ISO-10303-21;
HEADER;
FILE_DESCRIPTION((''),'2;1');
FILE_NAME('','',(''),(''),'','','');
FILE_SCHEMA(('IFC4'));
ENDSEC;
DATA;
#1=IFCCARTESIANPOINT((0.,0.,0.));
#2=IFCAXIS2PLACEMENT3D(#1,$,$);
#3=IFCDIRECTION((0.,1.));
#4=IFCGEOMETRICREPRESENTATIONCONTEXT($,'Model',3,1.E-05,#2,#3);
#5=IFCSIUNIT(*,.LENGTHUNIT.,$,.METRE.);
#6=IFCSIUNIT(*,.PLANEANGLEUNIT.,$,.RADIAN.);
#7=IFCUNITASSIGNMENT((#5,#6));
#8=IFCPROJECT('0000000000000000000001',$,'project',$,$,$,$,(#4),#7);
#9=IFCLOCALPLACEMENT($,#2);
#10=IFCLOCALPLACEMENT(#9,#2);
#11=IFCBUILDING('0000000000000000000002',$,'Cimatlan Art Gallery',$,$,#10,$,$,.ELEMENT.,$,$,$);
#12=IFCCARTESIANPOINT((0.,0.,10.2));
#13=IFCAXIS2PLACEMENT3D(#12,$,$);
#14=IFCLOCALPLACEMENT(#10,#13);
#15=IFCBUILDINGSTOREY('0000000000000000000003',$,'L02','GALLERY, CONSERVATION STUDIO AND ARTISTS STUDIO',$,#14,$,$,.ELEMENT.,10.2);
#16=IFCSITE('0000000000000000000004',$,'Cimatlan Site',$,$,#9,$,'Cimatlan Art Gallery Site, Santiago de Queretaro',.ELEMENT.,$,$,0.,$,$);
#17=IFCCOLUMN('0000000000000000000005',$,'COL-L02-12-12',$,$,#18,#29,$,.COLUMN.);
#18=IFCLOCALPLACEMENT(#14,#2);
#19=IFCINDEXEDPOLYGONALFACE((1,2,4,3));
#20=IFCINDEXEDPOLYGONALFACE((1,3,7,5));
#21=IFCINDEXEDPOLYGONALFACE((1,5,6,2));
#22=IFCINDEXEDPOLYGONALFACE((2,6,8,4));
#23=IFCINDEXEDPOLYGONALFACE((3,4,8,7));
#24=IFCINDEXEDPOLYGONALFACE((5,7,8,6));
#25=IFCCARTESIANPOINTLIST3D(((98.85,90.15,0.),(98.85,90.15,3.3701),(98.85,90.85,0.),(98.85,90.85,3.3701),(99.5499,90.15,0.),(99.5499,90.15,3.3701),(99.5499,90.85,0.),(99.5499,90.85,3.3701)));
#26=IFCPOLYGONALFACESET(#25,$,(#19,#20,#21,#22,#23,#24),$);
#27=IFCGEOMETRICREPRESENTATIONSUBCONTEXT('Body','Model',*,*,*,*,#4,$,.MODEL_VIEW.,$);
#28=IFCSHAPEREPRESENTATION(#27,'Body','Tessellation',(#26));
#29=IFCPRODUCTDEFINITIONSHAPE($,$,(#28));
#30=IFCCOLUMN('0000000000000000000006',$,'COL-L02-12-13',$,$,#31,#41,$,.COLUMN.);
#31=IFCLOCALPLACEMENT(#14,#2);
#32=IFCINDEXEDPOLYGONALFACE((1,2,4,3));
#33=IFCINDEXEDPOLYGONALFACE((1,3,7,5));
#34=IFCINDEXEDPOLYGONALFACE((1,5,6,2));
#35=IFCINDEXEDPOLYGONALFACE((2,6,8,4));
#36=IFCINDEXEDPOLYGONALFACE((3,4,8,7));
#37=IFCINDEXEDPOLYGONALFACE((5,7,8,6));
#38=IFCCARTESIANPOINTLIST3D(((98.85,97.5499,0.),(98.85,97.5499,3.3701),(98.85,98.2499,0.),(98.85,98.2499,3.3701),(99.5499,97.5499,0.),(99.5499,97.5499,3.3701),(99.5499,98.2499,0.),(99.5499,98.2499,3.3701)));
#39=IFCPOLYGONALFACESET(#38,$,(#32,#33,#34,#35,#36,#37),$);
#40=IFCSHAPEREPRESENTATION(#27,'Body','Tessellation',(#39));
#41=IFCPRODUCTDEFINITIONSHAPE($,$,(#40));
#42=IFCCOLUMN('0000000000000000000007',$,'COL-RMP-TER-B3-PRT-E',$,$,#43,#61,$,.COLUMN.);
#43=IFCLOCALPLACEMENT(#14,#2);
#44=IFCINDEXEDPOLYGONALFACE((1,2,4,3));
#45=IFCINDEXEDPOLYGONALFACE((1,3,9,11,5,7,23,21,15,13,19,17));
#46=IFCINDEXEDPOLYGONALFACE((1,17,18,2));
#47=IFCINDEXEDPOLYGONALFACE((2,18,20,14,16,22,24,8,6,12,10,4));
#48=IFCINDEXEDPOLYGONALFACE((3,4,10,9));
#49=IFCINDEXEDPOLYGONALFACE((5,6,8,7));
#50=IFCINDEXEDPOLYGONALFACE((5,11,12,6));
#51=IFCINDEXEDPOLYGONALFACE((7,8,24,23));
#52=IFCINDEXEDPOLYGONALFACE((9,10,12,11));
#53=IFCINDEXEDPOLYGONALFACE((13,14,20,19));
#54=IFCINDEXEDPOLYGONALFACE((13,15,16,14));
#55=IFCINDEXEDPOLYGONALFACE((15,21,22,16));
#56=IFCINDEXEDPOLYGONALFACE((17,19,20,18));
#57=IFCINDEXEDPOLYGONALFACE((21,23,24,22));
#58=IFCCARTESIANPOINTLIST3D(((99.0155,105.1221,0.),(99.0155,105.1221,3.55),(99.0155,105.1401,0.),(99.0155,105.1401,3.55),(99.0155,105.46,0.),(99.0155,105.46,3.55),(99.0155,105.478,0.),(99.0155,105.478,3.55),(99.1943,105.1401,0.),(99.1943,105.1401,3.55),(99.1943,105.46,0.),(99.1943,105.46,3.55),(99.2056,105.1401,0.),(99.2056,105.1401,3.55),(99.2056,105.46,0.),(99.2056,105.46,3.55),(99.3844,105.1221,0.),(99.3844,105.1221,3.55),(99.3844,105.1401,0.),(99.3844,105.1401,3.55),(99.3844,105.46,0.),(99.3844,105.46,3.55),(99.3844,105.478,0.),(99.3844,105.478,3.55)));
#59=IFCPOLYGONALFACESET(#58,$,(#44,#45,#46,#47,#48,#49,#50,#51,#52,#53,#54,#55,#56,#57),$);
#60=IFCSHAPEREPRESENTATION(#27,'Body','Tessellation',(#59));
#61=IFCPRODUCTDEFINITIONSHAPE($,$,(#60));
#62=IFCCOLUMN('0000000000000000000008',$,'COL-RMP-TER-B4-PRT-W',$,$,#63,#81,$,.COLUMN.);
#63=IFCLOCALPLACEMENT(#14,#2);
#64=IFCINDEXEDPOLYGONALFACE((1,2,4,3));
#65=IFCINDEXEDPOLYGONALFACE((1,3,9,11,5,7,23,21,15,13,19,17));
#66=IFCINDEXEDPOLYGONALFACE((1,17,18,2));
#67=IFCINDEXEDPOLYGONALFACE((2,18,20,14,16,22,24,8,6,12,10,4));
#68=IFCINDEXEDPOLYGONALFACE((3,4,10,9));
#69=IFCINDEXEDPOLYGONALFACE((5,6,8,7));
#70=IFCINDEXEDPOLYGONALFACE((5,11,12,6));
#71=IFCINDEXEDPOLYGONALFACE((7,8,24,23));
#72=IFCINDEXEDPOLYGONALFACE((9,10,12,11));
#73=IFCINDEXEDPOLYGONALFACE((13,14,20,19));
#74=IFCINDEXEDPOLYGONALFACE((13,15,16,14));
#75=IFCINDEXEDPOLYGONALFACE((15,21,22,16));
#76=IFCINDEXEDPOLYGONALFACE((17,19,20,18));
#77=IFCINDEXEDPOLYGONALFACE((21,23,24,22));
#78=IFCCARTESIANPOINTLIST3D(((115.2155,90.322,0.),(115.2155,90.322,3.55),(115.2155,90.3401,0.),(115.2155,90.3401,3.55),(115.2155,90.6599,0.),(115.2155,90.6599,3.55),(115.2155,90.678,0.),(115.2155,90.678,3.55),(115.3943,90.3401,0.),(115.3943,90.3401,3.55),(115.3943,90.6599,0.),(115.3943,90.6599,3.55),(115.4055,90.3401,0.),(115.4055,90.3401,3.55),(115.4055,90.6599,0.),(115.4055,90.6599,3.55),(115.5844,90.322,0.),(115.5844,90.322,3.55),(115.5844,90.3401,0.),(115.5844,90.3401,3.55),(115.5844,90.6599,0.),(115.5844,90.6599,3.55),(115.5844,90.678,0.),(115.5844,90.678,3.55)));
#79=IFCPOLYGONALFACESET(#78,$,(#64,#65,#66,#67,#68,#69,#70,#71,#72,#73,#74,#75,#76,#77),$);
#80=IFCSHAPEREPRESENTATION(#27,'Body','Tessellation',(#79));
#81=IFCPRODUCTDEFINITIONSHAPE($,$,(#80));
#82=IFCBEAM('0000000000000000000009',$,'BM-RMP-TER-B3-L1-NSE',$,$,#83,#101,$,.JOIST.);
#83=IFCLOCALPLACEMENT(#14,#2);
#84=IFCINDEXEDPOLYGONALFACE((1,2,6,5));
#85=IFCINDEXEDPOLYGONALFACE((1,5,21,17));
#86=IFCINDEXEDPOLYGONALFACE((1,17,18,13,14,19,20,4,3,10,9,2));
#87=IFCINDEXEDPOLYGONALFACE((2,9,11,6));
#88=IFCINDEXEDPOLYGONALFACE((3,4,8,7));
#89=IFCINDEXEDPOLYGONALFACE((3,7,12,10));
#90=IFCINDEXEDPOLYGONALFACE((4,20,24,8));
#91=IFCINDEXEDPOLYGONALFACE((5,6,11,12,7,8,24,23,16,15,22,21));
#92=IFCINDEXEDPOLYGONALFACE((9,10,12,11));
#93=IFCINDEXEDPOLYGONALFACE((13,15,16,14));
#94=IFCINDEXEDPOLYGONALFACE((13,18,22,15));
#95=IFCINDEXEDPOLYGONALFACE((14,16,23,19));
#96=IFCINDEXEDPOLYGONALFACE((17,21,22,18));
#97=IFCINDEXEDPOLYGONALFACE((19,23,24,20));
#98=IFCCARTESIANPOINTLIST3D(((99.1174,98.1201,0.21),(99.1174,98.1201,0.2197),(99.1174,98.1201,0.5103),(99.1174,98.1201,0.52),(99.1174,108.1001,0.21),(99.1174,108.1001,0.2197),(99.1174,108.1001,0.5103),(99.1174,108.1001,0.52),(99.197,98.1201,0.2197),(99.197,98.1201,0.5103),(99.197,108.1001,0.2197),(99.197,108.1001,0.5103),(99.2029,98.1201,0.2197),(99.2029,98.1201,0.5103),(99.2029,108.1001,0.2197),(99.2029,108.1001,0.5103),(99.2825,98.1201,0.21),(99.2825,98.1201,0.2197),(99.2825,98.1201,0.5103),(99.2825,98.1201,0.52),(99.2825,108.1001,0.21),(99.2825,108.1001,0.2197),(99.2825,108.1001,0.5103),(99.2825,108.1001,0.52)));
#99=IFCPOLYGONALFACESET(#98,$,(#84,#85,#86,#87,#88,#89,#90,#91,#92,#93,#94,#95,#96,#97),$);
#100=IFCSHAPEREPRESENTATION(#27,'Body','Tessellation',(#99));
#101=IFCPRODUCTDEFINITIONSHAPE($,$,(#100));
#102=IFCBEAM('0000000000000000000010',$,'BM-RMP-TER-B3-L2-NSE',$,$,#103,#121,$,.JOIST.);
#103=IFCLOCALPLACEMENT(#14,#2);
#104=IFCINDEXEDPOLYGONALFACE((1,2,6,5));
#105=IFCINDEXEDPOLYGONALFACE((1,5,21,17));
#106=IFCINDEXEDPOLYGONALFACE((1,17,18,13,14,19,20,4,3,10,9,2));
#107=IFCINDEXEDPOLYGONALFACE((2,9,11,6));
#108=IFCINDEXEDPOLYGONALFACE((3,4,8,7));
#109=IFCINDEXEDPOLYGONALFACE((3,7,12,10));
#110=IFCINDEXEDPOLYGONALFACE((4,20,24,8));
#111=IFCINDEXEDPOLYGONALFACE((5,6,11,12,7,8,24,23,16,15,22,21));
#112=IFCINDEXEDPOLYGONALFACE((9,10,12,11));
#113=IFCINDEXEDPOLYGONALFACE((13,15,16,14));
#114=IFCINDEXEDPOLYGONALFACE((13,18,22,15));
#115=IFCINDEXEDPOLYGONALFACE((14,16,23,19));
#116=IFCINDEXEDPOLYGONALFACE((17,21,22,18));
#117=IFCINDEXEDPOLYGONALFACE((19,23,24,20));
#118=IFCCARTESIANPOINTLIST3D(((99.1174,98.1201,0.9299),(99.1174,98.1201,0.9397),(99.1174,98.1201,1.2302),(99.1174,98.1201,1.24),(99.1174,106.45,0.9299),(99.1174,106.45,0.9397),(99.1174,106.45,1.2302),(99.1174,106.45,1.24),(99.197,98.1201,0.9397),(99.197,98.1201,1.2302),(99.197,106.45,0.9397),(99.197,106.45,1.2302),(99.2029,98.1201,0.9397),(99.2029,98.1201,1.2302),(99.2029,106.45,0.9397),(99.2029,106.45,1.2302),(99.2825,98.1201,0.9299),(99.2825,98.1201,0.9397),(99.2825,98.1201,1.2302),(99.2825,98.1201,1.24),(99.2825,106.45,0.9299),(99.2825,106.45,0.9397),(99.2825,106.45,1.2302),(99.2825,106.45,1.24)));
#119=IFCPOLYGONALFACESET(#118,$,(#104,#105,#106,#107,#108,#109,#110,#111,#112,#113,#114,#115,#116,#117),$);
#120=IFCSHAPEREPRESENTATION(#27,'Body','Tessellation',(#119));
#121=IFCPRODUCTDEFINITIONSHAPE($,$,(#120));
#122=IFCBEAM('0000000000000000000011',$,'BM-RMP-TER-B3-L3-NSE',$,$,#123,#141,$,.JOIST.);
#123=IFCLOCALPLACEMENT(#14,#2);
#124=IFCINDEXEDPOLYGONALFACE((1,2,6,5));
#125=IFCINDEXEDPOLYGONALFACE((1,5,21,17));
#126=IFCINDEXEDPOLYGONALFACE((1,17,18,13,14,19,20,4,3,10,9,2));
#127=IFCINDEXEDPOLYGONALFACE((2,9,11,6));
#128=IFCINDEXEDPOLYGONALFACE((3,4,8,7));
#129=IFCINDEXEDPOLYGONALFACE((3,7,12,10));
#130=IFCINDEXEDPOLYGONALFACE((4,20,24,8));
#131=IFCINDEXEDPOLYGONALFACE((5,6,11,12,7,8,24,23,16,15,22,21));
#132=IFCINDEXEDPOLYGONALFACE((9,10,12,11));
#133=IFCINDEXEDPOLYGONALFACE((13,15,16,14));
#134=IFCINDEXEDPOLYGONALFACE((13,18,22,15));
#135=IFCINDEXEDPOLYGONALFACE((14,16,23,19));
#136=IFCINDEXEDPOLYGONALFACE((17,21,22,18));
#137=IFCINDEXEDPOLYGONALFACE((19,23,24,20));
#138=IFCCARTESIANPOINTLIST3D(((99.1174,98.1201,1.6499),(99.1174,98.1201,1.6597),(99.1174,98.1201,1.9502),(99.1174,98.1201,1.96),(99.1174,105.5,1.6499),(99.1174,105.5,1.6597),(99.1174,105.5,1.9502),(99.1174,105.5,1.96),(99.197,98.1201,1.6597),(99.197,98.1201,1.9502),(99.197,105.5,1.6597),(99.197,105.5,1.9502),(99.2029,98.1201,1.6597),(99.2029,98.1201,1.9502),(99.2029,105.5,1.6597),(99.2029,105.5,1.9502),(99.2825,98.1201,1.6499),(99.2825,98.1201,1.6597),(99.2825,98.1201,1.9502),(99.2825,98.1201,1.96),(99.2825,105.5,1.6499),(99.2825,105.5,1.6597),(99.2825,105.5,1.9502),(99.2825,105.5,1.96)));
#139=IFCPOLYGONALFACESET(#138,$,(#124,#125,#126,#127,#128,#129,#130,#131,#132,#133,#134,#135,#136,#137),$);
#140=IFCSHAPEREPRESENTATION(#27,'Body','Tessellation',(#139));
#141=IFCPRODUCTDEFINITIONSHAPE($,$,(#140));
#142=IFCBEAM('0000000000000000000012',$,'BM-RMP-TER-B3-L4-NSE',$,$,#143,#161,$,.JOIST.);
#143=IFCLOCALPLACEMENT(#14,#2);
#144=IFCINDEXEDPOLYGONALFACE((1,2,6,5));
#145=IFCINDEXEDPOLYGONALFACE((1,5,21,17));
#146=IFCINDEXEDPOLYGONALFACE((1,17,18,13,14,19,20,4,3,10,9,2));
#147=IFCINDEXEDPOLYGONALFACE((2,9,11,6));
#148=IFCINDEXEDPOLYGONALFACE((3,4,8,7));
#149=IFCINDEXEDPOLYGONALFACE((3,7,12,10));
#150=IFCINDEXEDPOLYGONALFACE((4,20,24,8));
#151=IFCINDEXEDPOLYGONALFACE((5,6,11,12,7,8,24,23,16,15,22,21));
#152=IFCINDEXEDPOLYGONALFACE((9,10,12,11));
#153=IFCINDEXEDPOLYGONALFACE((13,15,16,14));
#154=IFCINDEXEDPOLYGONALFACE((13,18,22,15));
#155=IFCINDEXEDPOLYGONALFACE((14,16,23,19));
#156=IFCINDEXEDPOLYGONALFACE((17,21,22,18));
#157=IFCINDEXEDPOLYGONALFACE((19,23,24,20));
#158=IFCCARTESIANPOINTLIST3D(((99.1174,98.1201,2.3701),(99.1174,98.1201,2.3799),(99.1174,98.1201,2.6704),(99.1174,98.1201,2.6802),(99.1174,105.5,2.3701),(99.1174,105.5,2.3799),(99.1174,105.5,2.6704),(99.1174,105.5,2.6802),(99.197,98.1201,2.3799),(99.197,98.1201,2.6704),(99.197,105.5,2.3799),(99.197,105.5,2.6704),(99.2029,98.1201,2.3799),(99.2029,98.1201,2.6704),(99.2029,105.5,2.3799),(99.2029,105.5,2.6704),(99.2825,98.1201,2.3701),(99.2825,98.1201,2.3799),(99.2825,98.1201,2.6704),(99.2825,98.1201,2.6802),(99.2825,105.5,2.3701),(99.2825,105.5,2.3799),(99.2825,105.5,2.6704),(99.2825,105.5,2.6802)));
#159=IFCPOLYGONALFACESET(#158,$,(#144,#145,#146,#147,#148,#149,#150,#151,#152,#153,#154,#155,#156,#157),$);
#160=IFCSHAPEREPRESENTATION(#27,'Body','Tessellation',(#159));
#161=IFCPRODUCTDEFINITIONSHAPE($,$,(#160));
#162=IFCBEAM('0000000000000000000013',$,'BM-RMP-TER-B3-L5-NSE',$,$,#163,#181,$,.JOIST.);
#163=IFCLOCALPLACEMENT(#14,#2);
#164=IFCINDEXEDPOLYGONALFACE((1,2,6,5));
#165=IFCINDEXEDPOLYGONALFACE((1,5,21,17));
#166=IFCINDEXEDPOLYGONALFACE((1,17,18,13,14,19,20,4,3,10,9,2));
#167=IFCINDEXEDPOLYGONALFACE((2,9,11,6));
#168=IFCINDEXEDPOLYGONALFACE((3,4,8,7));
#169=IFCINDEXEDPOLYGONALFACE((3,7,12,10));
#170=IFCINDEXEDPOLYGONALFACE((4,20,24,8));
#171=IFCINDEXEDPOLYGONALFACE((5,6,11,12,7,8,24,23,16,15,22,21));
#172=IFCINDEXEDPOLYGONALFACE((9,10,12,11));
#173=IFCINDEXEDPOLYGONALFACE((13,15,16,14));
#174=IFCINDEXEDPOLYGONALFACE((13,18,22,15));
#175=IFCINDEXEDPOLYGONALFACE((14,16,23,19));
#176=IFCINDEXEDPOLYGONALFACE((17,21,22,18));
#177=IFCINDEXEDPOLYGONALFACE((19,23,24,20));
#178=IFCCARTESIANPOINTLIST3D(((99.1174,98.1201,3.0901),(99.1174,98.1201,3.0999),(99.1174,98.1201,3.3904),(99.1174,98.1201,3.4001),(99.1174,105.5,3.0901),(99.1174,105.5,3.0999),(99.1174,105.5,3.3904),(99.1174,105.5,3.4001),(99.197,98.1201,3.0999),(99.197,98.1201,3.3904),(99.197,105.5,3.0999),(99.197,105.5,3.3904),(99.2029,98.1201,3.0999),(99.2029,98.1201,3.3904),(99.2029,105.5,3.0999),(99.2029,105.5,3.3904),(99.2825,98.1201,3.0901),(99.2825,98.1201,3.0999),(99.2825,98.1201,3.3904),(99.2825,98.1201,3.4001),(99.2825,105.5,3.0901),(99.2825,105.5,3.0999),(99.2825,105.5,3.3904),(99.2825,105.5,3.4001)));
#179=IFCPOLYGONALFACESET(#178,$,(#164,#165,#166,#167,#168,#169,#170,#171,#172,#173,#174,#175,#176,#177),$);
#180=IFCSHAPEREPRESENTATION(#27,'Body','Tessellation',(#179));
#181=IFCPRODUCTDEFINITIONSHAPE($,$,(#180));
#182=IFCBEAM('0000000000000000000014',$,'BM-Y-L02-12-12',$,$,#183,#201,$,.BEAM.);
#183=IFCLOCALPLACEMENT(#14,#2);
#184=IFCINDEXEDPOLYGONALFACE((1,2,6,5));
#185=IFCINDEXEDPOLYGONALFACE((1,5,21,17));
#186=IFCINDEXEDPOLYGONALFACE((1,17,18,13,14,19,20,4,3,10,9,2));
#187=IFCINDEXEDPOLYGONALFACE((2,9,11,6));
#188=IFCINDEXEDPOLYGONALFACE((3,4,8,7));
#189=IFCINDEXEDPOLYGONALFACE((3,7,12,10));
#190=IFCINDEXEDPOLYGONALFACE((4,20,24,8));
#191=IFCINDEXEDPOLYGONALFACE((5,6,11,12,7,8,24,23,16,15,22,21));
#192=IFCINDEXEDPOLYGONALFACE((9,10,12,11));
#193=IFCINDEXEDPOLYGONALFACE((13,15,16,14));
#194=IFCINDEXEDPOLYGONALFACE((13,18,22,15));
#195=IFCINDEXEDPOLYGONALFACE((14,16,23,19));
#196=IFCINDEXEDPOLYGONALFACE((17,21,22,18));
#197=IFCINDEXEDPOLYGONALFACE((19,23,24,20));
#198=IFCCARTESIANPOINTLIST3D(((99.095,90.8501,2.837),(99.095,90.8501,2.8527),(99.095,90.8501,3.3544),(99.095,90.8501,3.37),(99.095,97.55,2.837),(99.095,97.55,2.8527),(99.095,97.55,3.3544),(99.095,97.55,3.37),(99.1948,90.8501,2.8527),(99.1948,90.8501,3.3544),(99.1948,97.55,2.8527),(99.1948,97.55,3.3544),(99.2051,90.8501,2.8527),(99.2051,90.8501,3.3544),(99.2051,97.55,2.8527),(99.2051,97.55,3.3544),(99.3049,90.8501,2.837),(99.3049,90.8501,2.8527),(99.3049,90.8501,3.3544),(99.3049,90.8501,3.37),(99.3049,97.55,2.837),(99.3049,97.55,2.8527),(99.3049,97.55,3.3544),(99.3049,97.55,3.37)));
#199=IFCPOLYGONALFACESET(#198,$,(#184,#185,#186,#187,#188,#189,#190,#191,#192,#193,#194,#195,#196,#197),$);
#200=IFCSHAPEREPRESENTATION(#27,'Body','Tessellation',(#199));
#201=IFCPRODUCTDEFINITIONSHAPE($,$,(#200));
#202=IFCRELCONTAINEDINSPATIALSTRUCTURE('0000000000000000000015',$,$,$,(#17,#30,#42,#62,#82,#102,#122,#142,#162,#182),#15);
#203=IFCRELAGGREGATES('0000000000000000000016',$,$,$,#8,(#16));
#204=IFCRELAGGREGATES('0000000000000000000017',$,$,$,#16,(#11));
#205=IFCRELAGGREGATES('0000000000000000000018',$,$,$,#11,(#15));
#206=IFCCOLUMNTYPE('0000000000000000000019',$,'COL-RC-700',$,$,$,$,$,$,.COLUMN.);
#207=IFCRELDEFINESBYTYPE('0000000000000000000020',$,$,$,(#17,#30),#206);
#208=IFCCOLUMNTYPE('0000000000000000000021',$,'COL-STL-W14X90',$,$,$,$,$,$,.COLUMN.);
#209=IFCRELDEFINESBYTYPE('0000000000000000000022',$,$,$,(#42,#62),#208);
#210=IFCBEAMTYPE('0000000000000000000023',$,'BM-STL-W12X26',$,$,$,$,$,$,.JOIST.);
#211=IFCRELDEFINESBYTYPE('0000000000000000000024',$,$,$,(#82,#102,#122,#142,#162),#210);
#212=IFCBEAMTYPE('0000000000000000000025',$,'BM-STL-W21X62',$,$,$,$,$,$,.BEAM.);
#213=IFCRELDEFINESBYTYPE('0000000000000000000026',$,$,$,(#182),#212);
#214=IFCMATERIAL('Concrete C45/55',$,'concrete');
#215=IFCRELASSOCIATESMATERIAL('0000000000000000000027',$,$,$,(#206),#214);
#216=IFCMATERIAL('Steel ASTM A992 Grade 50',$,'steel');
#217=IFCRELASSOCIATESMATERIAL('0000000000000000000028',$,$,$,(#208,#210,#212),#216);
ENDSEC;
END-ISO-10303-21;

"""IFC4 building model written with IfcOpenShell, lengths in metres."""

from ifc_helpers import new_model, si_unit, direction, frame, origin, origin_2d, place, context, subcontext, project, spatial, rectangle, i_section, extrude, material, material_profile, profile_set, type_object, element, save


model = new_model("IFC4")

# Units and contexts
model_context = context("Model", 3, precision=1e-05, world=origin(), true_north=direction((0.0, 1.0)))
body_context = subcontext(model_context, "Body", "Model", "MODEL_VIEW")
ifc_project = project(units=[si_unit("LENGTHUNIT", "METRE"), si_unit("PLANEANGLEUNIT", "RADIAN")], contexts=[model_context])

# Site, building, storey
site_placement = place(None, origin())
site = spatial("IfcSite", under=ifc_project, at=site_placement, Name="Cimatlan Site", LongName="Cimatlan Art Gallery Site, Santiago de Queretaro", CompositionType="ELEMENT", RefElevation=0.0)
building_placement = place(site_placement, origin())
building = spatial("IfcBuilding", under=site, at=building_placement, Name="Cimatlan Art Gallery", CompositionType="ELEMENT")
storey_placement = place(building_placement, frame((0.0, 0.0, 10.2)))
storey = spatial("IfcBuildingStorey", under=building, at=storey_placement, Name="L02", Description="GALLERY, CONSERVATION STUDIO AND ARTISTS STUDIO", CompositionType="ELEMENT", Elevation=10.2)

# Columns
ifc_material_1 = material(Name="Concrete C45/55", Category="concrete")
ifc_material_profile_1 = material_profile(ifc_material_1, rectangle(XDim=0.7, YDim=0.7, at=origin_2d()), Name="RC700X700")
ifc_profile_set_1 = profile_set([ifc_material_profile_1], Name="Concrete C45/55")
column_type_1 = type_object("IfcColumnType", Name="COL-RC-700", PredefinedType="COLUMN", material=ifc_profile_set_1)
for number, where, z_axis, x_axis, name in (
    (1, (99.2, 90.5, 0.0), (0.0, 0.0, 1.0), (1.0, 0.0, 0.0), "COL-L02-12-12"),
    (2, (99.2, 97.8999, 0.0), (0.0, 0.0, 1.0), (1.0, 0.0, 0.0), "COL-L02-12-13"),
):
    element("IfcColumn", number, at=place(storey_placement, frame(where, z_axis=z_axis, x_axis=x_axis)), inside=storey, type_object=column_type_1, Name=name, PredefinedType="COLUMN", context=body_context, shape_type="SweptSolid", body=[
        extrude(rectangle(XDim=0.7, YDim=0.7, at=origin_2d()), origin(), (0.0, 0.0, 1.0), 3.3701),
    ])
ifc_material_2 = material(Name="Steel ASTM A992 Grade 50", Category="steel")
ifc_material_profile_2 = material_profile(ifc_material_2, i_section(OverallWidth=0.3689, OverallDepth=0.356, WebThickness=0.0112, FlangeThickness=0.0181, at=origin_2d()), Name="W14X90")
ifc_profile_set_2 = profile_set([ifc_material_profile_2], Name="Steel ASTM A992 Grade 50")
column_type_2 = type_object("IfcColumnType", Name="COL-STL-W14X90", PredefinedType="COLUMN", material=ifc_profile_set_2)
for number, where, z_axis, x_axis, name in (
    (3, (99.2, 105.3, 0.0), (0.0, 0.0, 1.0), (1.0, 0.0, 0.0), "COL-RMP-TER-B3-PRT-E"),
    (4, (115.3999, 90.5, 0.0), (0.0, 0.0, 1.0), (1.0, 0.0, 0.0), "COL-RMP-TER-B4-PRT-W"),
):
    element("IfcColumn", number, at=place(storey_placement, frame(where, z_axis=z_axis, x_axis=x_axis)), inside=storey, type_object=column_type_2, Name=name, PredefinedType="COLUMN", context=body_context, shape_type="SweptSolid", body=[
        extrude(i_section(OverallWidth=0.3689, OverallDepth=0.356, WebThickness=0.0112, FlangeThickness=0.0181, at=origin_2d()), origin(), (0.0, 0.0, 1.0), 3.55),
    ])

# Beams
ifc_material_profile_3 = material_profile(ifc_material_2, i_section(OverallWidth=0.165, OverallDepth=0.3101, WebThickness=0.0059, FlangeThickness=0.0098, at=origin_2d()), Name="W12X26")
ifc_profile_set_3 = profile_set([ifc_material_profile_3], Name="Steel ASTM A992 Grade 50")
beam_type_1 = type_object("IfcBeamType", Name="BM-STL-W12X26", PredefinedType="JOIST", material=ifc_profile_set_3)
beam_1_placement = place(storey_placement, frame((99.2, 98.1201, 0.365), z_axis=(0.0, 1.0, 0.0), x_axis=(-1.0, 0.0, 0.0)))
element("IfcBeam", 5, at=beam_1_placement, inside=storey, type_object=beam_type_1, Name="BM-RMP-TER-B3-L1-NSE", PredefinedType="JOIST", context=body_context, shape_type="SweptSolid", body=[
    extrude(i_section(OverallWidth=0.165, OverallDepth=0.3101, WebThickness=0.0059, FlangeThickness=0.0098, at=origin_2d()), origin(), (0.0, 0.0, 1.0), 9.98),
])
beam_2_placement = place(storey_placement, frame((99.2, 98.1201, 1.085), z_axis=(0.0, 1.0, 0.0), x_axis=(-1.0, 0.0, 0.0)))
element("IfcBeam", 6, at=beam_2_placement, inside=storey, type_object=beam_type_1, Name="BM-RMP-TER-B3-L2-NSE", PredefinedType="JOIST", context=body_context, shape_type="SweptSolid", body=[
    extrude(i_section(OverallWidth=0.165, OverallDepth=0.3101, WebThickness=0.0059, FlangeThickness=0.0098, at=origin_2d()), origin(), (0.0, 0.0, 1.0), 8.3298),
])
for number, where, z_axis, x_axis, name in (
    (7, (99.2, 98.1201, 1.8049), (0.0, 1.0, 0.0), (-1.0, 0.0, 0.0), "BM-RMP-TER-B3-L3-NSE"),
    (8, (99.2, 98.1201, 2.5251), (0.0, 1.0, 0.0), (-1.0, 0.0, 0.0), "BM-RMP-TER-B3-L4-NSE"),
    (9, (99.2, 98.1201, 3.2451), (0.0, 1.0, 0.0), (-1.0, 0.0, 0.0), "BM-RMP-TER-B3-L5-NSE"),
):
    element("IfcBeam", number, at=place(storey_placement, frame(where, z_axis=z_axis, x_axis=x_axis)), inside=storey, type_object=beam_type_1, Name=name, PredefinedType="JOIST", context=body_context, shape_type="SweptSolid", body=[
        extrude(i_section(OverallWidth=0.165, OverallDepth=0.3101, WebThickness=0.0059, FlangeThickness=0.0098, at=origin_2d()), origin(), (0.0, 0.0, 1.0), 7.3799),
    ])
ifc_material_profile_4 = material_profile(ifc_material_2, i_section(OverallWidth=0.21, OverallDepth=0.533, WebThickness=0.0103, FlangeThickness=0.0156, at=origin_2d()), Name="W21X62")
ifc_profile_set_4 = profile_set([ifc_material_profile_4], Name="Steel ASTM A992 Grade 50")
beam_type_2 = type_object("IfcBeamType", Name="BM-STL-W21X62", PredefinedType="BEAM", material=ifc_profile_set_4)
beam_3_placement = place(storey_placement, frame((99.2, 90.8501, 3.1035), z_axis=(0.0, 1.0, 0.0), x_axis=(-1.0, 0.0, 0.0)))
element("IfcBeam", 10, at=beam_3_placement, inside=storey, type_object=beam_type_2, Name="BM-Y-L02-12-12", PredefinedType="BEAM", context=body_context, shape_type="SweptSolid", body=[
    extrude(i_section(OverallWidth=0.21, OverallDepth=0.533, WebThickness=0.0103, FlangeThickness=0.0156, at=origin_2d()), origin(), (0.0, 0.0, 1.0), 6.7),
])

save(model, "model.ifc")
